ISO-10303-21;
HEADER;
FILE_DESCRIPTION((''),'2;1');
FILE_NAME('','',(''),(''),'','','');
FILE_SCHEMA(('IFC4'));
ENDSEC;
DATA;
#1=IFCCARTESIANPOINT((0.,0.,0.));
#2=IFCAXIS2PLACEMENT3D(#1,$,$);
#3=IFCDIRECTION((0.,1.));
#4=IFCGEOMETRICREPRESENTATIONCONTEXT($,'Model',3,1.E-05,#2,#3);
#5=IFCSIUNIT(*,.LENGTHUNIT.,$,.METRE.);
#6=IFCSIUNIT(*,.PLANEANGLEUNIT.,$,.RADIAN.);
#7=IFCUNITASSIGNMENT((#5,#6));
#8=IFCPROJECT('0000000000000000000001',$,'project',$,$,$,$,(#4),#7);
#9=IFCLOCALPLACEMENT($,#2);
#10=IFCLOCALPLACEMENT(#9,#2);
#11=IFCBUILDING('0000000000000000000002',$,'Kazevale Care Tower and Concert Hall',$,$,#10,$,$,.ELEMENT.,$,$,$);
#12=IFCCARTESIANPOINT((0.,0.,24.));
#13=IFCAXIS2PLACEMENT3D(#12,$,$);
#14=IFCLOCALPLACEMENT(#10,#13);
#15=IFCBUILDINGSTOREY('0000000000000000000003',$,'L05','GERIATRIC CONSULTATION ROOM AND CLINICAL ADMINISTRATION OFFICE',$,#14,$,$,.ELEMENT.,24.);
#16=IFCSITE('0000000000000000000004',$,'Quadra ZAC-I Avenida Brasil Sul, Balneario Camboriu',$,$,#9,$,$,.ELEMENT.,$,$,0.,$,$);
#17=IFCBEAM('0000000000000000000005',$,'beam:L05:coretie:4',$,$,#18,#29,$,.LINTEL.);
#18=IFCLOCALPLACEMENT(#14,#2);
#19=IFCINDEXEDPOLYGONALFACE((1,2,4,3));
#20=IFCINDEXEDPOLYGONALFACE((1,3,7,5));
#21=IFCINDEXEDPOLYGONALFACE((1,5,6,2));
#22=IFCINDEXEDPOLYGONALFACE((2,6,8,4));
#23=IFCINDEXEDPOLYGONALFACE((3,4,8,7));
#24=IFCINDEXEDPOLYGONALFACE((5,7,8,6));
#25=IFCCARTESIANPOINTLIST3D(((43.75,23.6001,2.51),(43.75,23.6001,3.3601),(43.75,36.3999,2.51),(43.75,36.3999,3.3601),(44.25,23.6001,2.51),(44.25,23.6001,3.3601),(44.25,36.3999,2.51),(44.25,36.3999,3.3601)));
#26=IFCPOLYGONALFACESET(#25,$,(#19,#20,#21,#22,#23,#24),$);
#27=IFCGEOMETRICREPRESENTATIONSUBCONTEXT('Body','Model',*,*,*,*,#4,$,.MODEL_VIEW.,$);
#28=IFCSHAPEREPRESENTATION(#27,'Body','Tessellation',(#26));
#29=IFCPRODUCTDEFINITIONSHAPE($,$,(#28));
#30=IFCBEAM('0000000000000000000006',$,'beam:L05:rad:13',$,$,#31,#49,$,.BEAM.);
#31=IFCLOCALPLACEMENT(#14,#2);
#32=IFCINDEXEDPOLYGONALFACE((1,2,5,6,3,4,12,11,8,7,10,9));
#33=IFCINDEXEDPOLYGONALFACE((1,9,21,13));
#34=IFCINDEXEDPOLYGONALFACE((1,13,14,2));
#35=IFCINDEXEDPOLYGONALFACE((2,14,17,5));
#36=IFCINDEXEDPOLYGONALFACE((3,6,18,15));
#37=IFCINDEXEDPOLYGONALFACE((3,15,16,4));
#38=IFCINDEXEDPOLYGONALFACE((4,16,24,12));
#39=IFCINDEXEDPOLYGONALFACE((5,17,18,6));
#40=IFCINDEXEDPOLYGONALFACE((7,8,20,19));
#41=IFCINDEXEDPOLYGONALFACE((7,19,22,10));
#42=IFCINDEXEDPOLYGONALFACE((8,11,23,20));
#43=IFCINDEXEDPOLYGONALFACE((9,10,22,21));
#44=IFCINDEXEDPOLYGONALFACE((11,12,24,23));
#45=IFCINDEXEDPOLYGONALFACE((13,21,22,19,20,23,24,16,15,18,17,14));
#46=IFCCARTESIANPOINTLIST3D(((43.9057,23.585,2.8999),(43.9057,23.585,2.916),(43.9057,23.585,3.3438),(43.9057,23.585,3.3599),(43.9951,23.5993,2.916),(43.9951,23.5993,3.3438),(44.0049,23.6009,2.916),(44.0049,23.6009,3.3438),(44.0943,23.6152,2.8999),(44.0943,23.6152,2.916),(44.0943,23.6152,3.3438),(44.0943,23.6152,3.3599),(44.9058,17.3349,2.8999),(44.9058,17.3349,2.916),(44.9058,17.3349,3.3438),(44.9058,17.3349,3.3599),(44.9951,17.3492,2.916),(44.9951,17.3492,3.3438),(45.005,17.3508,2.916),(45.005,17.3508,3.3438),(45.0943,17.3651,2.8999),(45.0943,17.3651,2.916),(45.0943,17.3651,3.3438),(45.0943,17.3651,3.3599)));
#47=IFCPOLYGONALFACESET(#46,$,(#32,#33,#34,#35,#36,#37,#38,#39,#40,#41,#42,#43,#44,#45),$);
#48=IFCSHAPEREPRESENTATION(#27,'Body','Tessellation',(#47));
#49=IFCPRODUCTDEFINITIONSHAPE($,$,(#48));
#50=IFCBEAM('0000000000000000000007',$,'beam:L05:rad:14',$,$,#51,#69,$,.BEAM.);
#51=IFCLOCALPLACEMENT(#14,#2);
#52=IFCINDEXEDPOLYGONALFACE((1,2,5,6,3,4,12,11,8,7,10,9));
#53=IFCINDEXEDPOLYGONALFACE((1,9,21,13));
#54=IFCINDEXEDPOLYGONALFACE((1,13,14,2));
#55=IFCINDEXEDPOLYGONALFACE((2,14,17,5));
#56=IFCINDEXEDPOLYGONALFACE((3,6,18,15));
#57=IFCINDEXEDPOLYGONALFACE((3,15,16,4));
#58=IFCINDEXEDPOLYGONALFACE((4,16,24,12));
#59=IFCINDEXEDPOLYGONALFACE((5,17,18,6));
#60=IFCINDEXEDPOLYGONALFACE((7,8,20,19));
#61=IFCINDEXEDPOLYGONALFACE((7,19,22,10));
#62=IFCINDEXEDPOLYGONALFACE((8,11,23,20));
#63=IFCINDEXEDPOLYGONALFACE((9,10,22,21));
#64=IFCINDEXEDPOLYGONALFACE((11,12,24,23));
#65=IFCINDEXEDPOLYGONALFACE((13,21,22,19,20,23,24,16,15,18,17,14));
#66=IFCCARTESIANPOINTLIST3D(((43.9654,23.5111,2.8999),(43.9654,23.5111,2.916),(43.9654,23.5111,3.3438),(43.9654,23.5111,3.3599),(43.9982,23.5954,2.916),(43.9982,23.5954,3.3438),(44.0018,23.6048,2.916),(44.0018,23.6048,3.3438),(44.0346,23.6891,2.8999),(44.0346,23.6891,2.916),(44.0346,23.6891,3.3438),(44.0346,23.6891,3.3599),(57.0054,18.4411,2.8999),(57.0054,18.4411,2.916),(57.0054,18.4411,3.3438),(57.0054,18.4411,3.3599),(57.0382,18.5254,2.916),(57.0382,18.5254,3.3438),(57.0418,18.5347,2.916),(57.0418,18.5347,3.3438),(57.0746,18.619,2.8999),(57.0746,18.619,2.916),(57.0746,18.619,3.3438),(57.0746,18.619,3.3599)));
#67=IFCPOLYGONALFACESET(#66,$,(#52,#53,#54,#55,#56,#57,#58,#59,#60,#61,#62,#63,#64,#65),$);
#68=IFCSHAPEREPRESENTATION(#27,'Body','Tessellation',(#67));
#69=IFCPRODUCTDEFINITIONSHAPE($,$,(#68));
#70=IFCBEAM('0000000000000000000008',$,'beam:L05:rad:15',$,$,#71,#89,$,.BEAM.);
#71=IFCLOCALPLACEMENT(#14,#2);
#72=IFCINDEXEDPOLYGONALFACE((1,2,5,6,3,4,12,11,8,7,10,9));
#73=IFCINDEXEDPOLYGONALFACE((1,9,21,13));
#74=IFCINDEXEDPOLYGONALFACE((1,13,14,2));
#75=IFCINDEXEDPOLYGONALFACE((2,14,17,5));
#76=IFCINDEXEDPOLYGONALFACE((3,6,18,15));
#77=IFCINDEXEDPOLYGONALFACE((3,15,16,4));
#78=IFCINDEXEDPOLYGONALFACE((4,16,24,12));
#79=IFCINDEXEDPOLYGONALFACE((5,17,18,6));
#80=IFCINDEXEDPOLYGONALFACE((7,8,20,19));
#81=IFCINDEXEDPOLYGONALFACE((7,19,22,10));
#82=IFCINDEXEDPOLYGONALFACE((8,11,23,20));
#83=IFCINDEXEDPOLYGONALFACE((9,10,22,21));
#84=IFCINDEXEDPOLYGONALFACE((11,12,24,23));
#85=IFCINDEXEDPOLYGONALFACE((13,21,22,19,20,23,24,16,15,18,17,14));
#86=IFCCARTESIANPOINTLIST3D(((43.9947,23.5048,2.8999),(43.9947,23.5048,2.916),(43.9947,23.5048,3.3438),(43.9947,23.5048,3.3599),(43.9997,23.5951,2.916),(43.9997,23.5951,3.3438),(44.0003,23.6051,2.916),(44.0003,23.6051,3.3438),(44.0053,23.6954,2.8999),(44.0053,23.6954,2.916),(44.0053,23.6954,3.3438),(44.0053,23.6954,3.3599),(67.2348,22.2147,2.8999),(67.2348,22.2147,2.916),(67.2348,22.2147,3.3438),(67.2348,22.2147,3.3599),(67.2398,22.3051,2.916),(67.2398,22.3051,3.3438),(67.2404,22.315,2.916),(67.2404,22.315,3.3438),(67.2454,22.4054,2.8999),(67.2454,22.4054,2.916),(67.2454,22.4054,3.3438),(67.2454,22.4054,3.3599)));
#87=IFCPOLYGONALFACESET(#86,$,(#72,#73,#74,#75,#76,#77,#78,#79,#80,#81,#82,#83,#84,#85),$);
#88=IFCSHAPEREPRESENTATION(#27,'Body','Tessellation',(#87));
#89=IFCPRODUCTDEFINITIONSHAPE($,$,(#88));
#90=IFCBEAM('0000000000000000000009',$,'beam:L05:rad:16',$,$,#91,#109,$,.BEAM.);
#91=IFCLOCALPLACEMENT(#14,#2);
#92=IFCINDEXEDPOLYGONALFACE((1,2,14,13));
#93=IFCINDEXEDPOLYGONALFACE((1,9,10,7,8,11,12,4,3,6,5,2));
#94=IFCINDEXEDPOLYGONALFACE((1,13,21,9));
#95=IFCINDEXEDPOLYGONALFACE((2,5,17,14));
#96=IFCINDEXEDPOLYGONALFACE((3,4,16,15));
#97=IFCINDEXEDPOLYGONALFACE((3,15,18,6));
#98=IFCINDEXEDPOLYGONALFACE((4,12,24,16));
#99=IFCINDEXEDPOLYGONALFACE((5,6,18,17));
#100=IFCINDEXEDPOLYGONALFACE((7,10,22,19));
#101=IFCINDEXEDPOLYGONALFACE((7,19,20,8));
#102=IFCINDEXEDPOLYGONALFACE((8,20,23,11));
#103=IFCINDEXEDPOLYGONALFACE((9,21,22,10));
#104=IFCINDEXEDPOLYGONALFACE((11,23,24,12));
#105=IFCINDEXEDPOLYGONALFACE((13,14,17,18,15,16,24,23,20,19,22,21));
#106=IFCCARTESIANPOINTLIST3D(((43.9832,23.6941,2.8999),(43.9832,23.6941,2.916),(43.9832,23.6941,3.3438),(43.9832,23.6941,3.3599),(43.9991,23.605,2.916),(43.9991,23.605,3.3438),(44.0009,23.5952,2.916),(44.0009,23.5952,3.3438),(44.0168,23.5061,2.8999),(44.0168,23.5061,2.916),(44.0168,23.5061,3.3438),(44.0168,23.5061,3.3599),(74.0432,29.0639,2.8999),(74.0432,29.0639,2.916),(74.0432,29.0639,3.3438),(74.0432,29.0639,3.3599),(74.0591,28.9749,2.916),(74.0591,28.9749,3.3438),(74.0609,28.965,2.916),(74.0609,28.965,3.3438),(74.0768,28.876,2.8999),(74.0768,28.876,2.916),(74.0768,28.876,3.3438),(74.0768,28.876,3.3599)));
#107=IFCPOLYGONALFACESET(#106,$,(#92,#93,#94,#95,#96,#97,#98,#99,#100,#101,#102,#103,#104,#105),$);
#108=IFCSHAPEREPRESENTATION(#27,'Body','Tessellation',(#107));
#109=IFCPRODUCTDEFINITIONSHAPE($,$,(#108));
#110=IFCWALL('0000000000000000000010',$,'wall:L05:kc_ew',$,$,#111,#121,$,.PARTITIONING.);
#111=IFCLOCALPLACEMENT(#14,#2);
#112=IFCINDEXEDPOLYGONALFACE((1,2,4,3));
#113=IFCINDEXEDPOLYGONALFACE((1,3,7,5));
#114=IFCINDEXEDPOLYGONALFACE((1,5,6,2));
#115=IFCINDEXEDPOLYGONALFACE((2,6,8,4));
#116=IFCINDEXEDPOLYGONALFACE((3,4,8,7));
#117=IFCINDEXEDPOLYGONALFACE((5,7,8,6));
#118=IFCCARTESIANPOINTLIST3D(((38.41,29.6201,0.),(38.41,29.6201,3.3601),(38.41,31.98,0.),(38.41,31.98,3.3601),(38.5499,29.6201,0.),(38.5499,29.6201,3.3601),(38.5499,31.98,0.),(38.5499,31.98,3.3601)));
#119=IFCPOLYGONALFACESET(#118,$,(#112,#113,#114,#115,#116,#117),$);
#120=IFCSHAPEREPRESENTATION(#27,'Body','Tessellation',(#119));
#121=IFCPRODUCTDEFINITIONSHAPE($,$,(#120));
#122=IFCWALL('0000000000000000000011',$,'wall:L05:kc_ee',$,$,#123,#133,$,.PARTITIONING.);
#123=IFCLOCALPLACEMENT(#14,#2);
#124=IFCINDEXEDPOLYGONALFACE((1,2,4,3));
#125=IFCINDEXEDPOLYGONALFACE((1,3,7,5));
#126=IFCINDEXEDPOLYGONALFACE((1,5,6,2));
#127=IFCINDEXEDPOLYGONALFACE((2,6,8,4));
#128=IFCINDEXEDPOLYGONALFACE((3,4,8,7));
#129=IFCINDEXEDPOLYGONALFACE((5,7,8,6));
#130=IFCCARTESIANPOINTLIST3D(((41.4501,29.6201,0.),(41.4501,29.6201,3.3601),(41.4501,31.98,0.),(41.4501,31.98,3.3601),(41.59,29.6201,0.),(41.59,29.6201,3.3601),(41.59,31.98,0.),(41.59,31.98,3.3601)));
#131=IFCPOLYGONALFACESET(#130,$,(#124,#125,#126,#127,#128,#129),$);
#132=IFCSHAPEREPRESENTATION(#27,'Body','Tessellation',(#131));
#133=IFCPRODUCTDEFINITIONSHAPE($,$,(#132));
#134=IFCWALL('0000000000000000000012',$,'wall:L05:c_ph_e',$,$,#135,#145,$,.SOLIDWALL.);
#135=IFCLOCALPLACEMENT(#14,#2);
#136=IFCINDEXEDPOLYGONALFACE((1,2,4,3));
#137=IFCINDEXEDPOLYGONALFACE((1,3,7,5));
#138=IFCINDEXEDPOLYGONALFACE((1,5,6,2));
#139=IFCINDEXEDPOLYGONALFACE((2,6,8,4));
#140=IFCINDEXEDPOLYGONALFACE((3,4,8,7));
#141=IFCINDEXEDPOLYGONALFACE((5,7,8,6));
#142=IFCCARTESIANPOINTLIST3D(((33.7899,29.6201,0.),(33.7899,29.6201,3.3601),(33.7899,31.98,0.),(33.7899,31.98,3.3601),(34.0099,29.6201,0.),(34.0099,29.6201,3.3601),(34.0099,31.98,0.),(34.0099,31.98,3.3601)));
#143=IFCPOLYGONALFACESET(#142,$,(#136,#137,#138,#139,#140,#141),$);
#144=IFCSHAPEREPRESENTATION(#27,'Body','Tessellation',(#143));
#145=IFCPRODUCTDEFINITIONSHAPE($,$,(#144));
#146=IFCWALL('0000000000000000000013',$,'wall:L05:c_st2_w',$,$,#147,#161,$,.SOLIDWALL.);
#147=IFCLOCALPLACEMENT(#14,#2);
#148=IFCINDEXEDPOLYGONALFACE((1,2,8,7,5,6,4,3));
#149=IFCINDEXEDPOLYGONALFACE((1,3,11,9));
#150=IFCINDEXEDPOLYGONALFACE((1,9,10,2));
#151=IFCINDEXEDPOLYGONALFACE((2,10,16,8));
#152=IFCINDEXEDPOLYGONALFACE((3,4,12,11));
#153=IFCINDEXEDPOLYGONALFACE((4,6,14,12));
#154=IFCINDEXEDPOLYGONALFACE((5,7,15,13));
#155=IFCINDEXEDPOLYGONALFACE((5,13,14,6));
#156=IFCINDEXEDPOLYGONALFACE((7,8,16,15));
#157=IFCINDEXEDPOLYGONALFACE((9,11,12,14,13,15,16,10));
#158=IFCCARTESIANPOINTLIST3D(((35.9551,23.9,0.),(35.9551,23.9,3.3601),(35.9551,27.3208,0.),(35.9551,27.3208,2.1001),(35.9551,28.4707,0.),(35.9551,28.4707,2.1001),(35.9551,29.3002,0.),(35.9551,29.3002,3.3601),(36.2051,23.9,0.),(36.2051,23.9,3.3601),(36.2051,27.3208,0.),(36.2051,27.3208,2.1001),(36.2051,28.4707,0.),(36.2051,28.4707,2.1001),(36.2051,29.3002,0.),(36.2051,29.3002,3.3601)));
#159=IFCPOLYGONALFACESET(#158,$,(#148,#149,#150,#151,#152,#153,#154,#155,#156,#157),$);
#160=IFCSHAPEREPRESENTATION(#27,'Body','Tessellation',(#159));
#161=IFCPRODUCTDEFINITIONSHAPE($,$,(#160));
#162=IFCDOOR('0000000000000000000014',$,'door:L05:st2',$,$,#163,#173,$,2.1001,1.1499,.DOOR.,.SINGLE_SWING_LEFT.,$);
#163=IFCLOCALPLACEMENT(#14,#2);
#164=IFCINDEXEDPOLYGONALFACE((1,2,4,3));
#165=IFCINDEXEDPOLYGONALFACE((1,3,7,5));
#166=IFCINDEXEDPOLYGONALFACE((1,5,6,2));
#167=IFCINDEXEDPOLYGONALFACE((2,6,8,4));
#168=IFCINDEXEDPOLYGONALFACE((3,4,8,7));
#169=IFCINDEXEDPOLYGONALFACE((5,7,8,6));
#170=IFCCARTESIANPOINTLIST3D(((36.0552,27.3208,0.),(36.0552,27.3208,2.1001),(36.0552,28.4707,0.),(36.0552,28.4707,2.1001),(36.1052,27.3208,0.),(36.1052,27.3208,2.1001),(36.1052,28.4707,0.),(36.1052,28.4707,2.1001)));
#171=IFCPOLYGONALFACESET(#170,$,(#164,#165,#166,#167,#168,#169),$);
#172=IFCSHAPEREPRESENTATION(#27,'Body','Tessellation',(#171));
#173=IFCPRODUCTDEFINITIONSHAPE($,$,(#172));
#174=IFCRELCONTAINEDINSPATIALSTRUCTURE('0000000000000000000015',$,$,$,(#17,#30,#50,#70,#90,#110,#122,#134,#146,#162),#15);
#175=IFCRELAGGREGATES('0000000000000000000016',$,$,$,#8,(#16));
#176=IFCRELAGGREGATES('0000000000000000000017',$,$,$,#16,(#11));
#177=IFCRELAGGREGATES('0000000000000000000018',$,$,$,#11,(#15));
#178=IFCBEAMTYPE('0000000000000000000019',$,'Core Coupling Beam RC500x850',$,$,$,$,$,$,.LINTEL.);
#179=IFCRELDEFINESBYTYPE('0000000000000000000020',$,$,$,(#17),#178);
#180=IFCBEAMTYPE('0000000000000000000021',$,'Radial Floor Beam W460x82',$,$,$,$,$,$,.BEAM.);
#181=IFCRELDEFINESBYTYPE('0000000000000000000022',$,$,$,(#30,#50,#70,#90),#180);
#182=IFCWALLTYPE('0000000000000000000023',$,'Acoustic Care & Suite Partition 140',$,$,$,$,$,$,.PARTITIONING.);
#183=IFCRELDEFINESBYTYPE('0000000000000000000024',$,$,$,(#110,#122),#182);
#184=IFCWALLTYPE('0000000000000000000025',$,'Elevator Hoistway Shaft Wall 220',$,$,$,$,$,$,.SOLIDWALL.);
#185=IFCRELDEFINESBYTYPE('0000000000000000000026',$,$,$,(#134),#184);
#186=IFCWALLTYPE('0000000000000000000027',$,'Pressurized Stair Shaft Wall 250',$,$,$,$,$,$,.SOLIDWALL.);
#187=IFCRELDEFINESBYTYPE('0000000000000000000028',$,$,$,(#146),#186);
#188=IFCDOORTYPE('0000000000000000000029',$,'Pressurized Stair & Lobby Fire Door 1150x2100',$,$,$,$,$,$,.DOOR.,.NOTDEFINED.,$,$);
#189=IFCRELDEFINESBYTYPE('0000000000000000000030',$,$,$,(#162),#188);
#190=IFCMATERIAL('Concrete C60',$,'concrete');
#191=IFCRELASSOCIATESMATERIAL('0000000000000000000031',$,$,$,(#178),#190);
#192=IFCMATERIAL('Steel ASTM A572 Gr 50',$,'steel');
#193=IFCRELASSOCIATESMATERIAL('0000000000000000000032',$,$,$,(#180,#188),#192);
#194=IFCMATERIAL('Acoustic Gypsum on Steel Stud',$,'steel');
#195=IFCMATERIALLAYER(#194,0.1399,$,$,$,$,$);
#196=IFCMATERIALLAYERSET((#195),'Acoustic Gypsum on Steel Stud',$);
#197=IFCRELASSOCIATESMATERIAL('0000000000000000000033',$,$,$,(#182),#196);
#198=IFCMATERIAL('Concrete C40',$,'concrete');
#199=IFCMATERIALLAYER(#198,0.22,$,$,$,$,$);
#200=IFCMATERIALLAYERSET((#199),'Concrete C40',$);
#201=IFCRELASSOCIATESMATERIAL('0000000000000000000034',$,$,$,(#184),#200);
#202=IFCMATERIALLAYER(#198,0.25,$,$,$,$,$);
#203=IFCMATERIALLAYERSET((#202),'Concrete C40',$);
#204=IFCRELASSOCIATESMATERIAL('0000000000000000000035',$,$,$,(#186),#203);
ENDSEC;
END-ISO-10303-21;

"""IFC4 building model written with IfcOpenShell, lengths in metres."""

from ifc_helpers import new_model, si_unit, direction, frame, frame_2d, origin, origin_2d, place, context, subcontext, project, spatial, rectangle, i_section, extrude, material, layer, layer_set, material_profile, profile_set, type_object, element, fill, save


model = new_model("IFC4")

# Units and contexts
model_context = context("Model", 3, precision=1e-05, world=origin(), true_north=direction((0.0, 1.0)))
body_context = subcontext(model_context, "Body", "Model", "MODEL_VIEW")
ifc_project = project(units=[si_unit("LENGTHUNIT", "METRE"), si_unit("PLANEANGLEUNIT", "RADIAN")], contexts=[model_context])

# Site, building, storey
site_placement = place(None, origin())
site = spatial("IfcSite", under=ifc_project, at=site_placement, Name="Quadra ZAC-I Avenida Brasil Sul, Balneario Camboriu", CompositionType="ELEMENT", RefElevation=0.0)
building_placement = place(site_placement, origin())
building = spatial("IfcBuilding", under=site, at=building_placement, Name="Kazevale Care Tower and Concert Hall", CompositionType="ELEMENT")
storey_placement = place(building_placement, frame((0.0, 0.0, 24.0)))
storey = spatial("IfcBuildingStorey", under=building, at=storey_placement, Name="L05", Description="GERIATRIC CONSULTATION ROOM AND CLINICAL ADMINISTRATION OFFICE", CompositionType="ELEMENT", Elevation=24.0)

# Beams
ifc_material_1 = material(Name="Concrete C60", Category="concrete")
ifc_material_profile_1 = material_profile(ifc_material_1, rectangle(XDim=0.5, YDim=0.8501, at=origin_2d()), Name="RC-B500x850")
ifc_profile_set_1 = profile_set([ifc_material_profile_1], Name="Concrete C60")
beam_type_1 = type_object("IfcBeamType", Name="Core Coupling Beam RC500x850", PredefinedType="LINTEL", material=ifc_profile_set_1)
beam_1_placement = place(storey_placement, frame((44.0, 23.6001, 2.9351), z_axis=(0.0, 1.0, 0.0), x_axis=(-1.0, 0.0, 0.0)))
element("IfcBeam", 1, at=beam_1_placement, inside=storey, type_object=beam_type_1, Name="beam:L05:coretie:4", PredefinedType="LINTEL", context=body_context, shape_type="SweptSolid", body=[
    extrude(rectangle(XDim=0.5, YDim=0.8501, at=origin_2d()), origin(), (0.0, 0.0, 1.0), 12.7998),
])
ifc_material_2 = material(Name="Steel ASTM A572 Gr 50", Category="steel")
ifc_material_profile_2 = material_profile(ifc_material_2, i_section(OverallWidth=0.1909, OverallDepth=0.46, WebThickness=0.01, FlangeThickness=0.0161, at=origin_2d()), Name="W460x82")
ifc_profile_set_2 = profile_set([ifc_material_profile_2], Name="Steel ASTM A572 Gr 50")
beam_type_2 = type_object("IfcBeamType", Name="Radial Floor Beam W460x82", PredefinedType="BEAM", material=ifc_profile_set_2)
beam_2_placement = place(storey_placement, frame((44.0, 23.6001, 3.1299), z_axis=(0.157991, -0.987441, 0.0), x_axis=(0.987441, 0.157991, 0.0)))
element("IfcBeam", 2, at=beam_2_placement, inside=storey, type_object=beam_type_2, Name="beam:L05:rad:13", PredefinedType="BEAM", context=body_context, shape_type="SweptSolid", body=[
    extrude(i_section(OverallWidth=0.1909, OverallDepth=0.46, WebThickness=0.01, FlangeThickness=0.0161, at=origin_2d()), origin(), (0.0, 0.0, 1.0), 6.3296),
])
beam_3_placement = place(storey_placement, frame((44.0, 23.6001, 3.1299), z_axis=(0.93203, -0.362381, 0.0), x_axis=(0.362381, 0.93203, 0.0)))
element("IfcBeam", 3, at=beam_3_placement, inside=storey, type_object=beam_type_2, Name="beam:L05:rad:14", PredefinedType="BEAM", context=body_context, shape_type="SweptSolid", body=[
    extrude(i_section(OverallWidth=0.1909, OverallDepth=0.46, WebThickness=0.01, FlangeThickness=0.0161, at=origin_2d()), origin(), (0.0, 0.0, 1.0), 13.991),
])
beam_4_placement = place(storey_placement, frame((44.0, 23.6001, 3.1299), z_axis=(0.998463, -0.055424, 0.0), x_axis=(0.055424, 0.998463, 0.0)))
element("IfcBeam", 4, at=beam_4_placement, inside=storey, type_object=beam_type_2, Name="beam:L05:rad:15", PredefinedType="BEAM", context=body_context, shape_type="SweptSolid", body=[
    extrude(i_section(OverallWidth=0.1909, OverallDepth=0.46, WebThickness=0.01, FlangeThickness=0.0161, at=origin_2d()), origin(), (0.0, 0.0, 1.0), 23.2759),
])
beam_5_placement = place(storey_placement, frame((44.0, 23.6001, 3.1299), z_axis=(0.984416, 0.175854, 0.0), x_axis=(-0.175854, 0.984416, 0.0)))
element("IfcBeam", 5, at=beam_5_placement, inside=storey, type_object=beam_type_2, Name="beam:L05:rad:16", PredefinedType="BEAM", context=body_context, shape_type="SweptSolid", body=[
    extrude(i_section(OverallWidth=0.1909, OverallDepth=0.46, WebThickness=0.01, FlangeThickness=0.0161, at=origin_2d()), origin(), (0.0, 0.0, 1.0), 30.5359),
])

# Walls
ifc_material_3 = material(Name="Acoustic Gypsum on Steel Stud", Category="steel")
ifc_layer_1 = layer(ifc_material_3, 0.1399)
ifc_layer_set_1 = layer_set([ifc_layer_1], Name="Acoustic Gypsum on Steel Stud")
wall_type_1 = type_object("IfcWallType", Name="Acoustic Care & Suite Partition 140", PredefinedType="PARTITIONING", material=ifc_layer_set_1)
for number, where, z_axis, x_axis, name in (
    (6, (38.48, 29.6201, 0.0), (0.0, 0.0, 1.0), (0.0, 1.0, 0.0), "wall:L05:kc_ew"),
    (7, (41.52, 29.6201, 0.0), (0.0, 0.0, 1.0), (0.0, 1.0, 0.0), "wall:L05:kc_ee"),
):
    element("IfcWall", number, at=place(storey_placement, frame(where, z_axis=z_axis, x_axis=x_axis)), inside=storey, type_object=wall_type_1, Name=name, PredefinedType="PARTITIONING", context=body_context, shape_type="SweptSolid", body=[
        extrude(rectangle(XDim=2.3599, YDim=0.1399, at=frame_2d((1.1799, 0.0))), origin(), (0.0, 0.0, 1.0), 3.3601),
    ])

# Wall
ifc_material_4 = material(Name="Concrete C40", Category="concrete")
ifc_layer_2 = layer(ifc_material_4, 0.22)
ifc_layer_set_2 = layer_set([ifc_layer_2], Name="Concrete C40")
wall_type_2 = type_object("IfcWallType", Name="Elevator Hoistway Shaft Wall 220", PredefinedType="SOLIDWALL", material=ifc_layer_set_2)
wall_1_placement = place(storey_placement, frame((33.8999, 29.6201, 0.0), z_axis=(0.0, 0.0, 1.0), x_axis=(0.0, 1.0, 0.0)))
element("IfcWall", 8, at=wall_1_placement, inside=storey, type_object=wall_type_2, Name="wall:L05:c_ph_e", PredefinedType="SOLIDWALL", context=body_context, shape_type="SweptSolid", body=[
    extrude(rectangle(XDim=2.3599, YDim=0.22, at=frame_2d((1.1799, 0.0))), origin(), (0.0, 0.0, 1.0), 3.3601),
])

# Wall, opening, door
ifc_layer_3 = layer(ifc_material_4, 0.25)
ifc_layer_set_3 = layer_set([ifc_layer_3], Name="Concrete C40")
wall_type_3 = type_object("IfcWallType", Name="Pressurized Stair Shaft Wall 250", PredefinedType="SOLIDWALL", material=ifc_layer_set_3)
wall_2_placement = place(storey_placement, frame((36.0801, 23.8999, 0.0), z_axis=(0.0, 0.0, 1.0), x_axis=(0.0, 1.0, 0.0)))
wall_2 = element("IfcWall", 9, at=wall_2_placement, inside=storey, type_object=wall_type_3, Name="wall:L05:c_st2_w", PredefinedType="SOLIDWALL", context=body_context, shape_type="SweptSolid", body=[
    extrude(rectangle(XDim=5.4001, YDim=0.25, at=frame_2d((2.7002, 0.0))), origin(), (0.0, 0.0, 1.0), 3.3601),
])
opening_1_placement = place(wall_2_placement, frame((3.4209, 0.0, 0.0)))
opening_1 = element("IfcOpeningElement", 10, at=opening_1_placement, cuts=wall_2, PredefinedType="OPENING", context=body_context, shape_type="SweptSolid", body=[
    extrude(rectangle(XDim=1.1499, YDim=2.1001, at=frame_2d((0.575, 1.05))), frame((0.0, 0.135, 0.0), z_axis=(0.0, -1.0, 0.0), x_axis=(1.0, 0.0, 0.0)), (0.0, 0.0, 1.0), 0.27),
])
door_type_1 = type_object("IfcDoorType", Name="Pressurized Stair & Lobby Fire Door 1150x2100", OperationType="NOTDEFINED", PredefinedType="DOOR", material=ifc_material_2)
door_1_placement = place(opening_1_placement, origin())
door_1 = element("IfcDoor", 11, at=door_1_placement, inside=storey, type_object=door_type_1, Name="door:L05:st2", OperationType="SINGLE_SWING_LEFT", OverallHeight=2.1001, OverallWidth=1.1499, PredefinedType="DOOR", context=body_context, shape_type="SweptSolid", body=[
    extrude(rectangle(XDim=1.1499, YDim=2.1001, at=frame_2d((0.575, 1.05))), frame((0.0, 0.0249, 0.0), z_axis=(0.0, -1.0, 0.0), x_axis=(1.0, 0.0, 0.0)), (0.0, 0.0, 1.0), 0.05),
])
fill(opening_1, door_1)

save(model, "model.ifc")
